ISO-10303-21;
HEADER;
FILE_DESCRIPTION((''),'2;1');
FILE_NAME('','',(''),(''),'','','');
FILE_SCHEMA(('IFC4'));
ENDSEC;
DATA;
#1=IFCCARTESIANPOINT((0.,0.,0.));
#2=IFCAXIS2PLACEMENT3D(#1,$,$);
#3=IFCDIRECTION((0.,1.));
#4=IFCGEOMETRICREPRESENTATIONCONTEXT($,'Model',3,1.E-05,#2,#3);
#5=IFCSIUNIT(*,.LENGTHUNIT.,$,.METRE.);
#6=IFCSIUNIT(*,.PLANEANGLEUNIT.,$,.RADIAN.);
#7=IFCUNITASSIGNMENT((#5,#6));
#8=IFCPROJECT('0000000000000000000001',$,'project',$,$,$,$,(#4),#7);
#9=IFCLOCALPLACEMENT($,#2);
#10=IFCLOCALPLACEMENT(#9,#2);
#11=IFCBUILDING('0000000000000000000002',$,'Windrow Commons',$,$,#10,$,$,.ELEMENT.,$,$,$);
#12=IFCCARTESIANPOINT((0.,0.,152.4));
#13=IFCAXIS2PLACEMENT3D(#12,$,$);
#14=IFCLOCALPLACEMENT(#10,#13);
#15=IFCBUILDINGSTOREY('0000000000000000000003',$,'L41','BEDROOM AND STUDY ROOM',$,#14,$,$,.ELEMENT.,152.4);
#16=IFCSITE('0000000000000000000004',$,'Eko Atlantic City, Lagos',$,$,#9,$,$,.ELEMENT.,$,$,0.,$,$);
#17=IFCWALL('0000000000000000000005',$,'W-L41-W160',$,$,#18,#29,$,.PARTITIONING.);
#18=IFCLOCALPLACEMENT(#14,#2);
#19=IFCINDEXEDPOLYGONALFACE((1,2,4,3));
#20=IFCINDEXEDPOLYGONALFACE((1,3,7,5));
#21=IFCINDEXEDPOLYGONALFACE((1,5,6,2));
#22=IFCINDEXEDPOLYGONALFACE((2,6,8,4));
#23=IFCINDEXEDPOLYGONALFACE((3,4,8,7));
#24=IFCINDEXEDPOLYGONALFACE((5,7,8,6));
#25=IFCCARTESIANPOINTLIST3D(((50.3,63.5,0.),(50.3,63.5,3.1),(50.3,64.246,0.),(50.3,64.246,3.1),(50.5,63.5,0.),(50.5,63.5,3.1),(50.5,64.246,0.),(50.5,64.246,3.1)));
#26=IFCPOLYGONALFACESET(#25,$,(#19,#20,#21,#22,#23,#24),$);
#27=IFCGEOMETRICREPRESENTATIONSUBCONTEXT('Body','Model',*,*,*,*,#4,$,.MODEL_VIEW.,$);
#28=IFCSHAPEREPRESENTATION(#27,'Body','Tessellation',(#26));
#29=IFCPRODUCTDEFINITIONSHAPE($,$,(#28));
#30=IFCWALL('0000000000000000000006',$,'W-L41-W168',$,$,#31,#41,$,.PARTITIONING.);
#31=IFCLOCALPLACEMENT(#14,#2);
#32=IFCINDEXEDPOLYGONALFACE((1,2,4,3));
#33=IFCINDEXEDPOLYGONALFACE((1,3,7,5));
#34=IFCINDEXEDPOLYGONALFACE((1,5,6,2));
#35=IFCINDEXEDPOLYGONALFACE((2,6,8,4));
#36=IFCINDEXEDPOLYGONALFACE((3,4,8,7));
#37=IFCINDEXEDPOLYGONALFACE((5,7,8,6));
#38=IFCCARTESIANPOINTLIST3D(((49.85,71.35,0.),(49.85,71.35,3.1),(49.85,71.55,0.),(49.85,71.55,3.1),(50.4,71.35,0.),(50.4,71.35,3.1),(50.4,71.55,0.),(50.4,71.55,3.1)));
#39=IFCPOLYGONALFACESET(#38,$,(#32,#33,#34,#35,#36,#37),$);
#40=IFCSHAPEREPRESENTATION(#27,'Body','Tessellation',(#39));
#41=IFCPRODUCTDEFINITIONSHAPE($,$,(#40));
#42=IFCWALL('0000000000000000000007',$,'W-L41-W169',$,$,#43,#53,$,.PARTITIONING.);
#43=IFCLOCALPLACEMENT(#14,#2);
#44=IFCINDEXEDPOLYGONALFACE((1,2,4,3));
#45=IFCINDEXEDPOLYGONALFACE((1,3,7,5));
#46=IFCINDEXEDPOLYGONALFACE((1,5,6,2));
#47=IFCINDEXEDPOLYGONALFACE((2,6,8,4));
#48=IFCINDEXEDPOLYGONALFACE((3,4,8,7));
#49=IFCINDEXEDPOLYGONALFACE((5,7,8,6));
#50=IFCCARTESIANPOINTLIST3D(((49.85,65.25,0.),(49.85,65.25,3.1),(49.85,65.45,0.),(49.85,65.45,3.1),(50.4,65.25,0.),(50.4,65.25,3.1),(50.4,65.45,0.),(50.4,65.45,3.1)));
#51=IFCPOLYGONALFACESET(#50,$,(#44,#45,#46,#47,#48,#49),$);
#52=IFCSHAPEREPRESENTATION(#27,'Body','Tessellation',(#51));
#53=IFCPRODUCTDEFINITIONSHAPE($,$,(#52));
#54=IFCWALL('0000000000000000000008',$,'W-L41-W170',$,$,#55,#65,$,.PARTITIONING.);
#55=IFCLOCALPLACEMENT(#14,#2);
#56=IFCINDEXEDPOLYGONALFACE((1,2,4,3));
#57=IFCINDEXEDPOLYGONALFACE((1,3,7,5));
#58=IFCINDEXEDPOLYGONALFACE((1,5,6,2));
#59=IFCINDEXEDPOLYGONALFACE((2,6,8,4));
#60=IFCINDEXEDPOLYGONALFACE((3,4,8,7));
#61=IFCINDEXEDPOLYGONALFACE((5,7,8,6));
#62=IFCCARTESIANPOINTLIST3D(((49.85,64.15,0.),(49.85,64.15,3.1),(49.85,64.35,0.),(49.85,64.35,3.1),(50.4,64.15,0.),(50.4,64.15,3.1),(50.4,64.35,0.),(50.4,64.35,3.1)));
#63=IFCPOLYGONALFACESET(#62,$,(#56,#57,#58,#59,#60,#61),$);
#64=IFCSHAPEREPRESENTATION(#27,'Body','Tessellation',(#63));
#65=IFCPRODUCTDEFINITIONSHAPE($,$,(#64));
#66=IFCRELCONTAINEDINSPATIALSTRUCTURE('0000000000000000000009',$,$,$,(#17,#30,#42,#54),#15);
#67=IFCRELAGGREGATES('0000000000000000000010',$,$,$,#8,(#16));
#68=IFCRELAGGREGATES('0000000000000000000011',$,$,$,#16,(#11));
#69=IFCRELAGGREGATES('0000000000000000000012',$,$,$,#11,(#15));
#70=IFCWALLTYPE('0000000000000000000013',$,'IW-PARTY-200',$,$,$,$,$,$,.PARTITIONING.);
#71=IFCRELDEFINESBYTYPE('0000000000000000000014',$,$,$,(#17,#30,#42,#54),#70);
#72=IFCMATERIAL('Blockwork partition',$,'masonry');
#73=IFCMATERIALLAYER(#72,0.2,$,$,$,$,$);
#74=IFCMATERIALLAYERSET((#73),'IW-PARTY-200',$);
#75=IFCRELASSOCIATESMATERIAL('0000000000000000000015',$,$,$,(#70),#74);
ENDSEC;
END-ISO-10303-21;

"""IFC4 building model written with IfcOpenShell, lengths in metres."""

from ifc_helpers import new_model, si_unit, direction, frame, frame_2d, origin, place, context, subcontext, project, spatial, rectangle, extrude, material, layer, layer_set, type_object, element, save


model = new_model("IFC4")

# Units and contexts
model_context = context("Model", 3, precision=1e-05, world=origin(), true_north=direction((0.0, 1.0)))
body_context = subcontext(model_context, "Body", "Model", "MODEL_VIEW")
ifc_project = project(units=[si_unit("LENGTHUNIT", "METRE"), si_unit("PLANEANGLEUNIT", "RADIAN")], contexts=[model_context])

# Site, building, storey
site_placement = place(None, origin())
site = spatial("IfcSite", under=ifc_project, at=site_placement, Name="Eko Atlantic City, Lagos", CompositionType="ELEMENT", RefElevation=0.0)
building_placement = place(site_placement, origin())
building = spatial("IfcBuilding", under=site, at=building_placement, Name="Windrow Commons", CompositionType="ELEMENT")
storey_placement = place(building_placement, frame((0.0, 0.0, 152.4)))
storey = spatial("IfcBuildingStorey", under=building, at=storey_placement, Name="L41", Description="BEDROOM AND STUDY ROOM", CompositionType="ELEMENT", Elevation=152.4)

# Walls
ifc_material_1 = material(Name="Blockwork partition", Category="masonry")
ifc_layer_1 = layer(ifc_material_1, 0.2)
ifc_layer_set_1 = layer_set([ifc_layer_1], Name="IW-PARTY-200")
wall_type_1 = type_object("IfcWallType", Name="IW-PARTY-200", PredefinedType="PARTITIONING", material=ifc_layer_set_1)
wall_1_placement = place(storey_placement, frame((50.4, 63.5, 0.0), z_axis=(0.0, 0.0, 1.0), x_axis=(0.0, 1.0, 0.0)))
element("IfcWall", 1, at=wall_1_placement, inside=storey, type_object=wall_type_1, Name="W-L41-W160", PredefinedType="PARTITIONING", context=body_context, shape_type="SweptSolid", body=[
    extrude(rectangle(XDim=0.746, YDim=0.2, at=frame_2d((0.373, 0.0))), origin(), (0.0, 0.0, 1.0), 3.1),
])
for number, where, z_axis, x_axis, name in (
    (2, (49.85, 71.45, 0.0), (0.0, 0.0, 1.0), (1.0, 0.0, 0.0), "W-L41-W168"),
    (3, (49.85, 65.35, 0.0), (0.0, 0.0, 1.0), (1.0, 0.0, 0.0), "W-L41-W169"),
    (4, (49.85, 64.25, 0.0), (0.0, 0.0, 1.0), (1.0, 0.0, 0.0), "W-L41-W170"),
):
    element("IfcWall", number, at=place(storey_placement, frame(where, z_axis=z_axis, x_axis=x_axis)), inside=storey, type_object=wall_type_1, Name=name, PredefinedType="PARTITIONING", context=body_context, shape_type="SweptSolid", body=[
        extrude(rectangle(XDim=0.55, YDim=0.2, at=frame_2d((0.275, 0.0))), origin(), (0.0, 0.0, 1.0), 3.1),
    ])

save(model, "model.ifc")
